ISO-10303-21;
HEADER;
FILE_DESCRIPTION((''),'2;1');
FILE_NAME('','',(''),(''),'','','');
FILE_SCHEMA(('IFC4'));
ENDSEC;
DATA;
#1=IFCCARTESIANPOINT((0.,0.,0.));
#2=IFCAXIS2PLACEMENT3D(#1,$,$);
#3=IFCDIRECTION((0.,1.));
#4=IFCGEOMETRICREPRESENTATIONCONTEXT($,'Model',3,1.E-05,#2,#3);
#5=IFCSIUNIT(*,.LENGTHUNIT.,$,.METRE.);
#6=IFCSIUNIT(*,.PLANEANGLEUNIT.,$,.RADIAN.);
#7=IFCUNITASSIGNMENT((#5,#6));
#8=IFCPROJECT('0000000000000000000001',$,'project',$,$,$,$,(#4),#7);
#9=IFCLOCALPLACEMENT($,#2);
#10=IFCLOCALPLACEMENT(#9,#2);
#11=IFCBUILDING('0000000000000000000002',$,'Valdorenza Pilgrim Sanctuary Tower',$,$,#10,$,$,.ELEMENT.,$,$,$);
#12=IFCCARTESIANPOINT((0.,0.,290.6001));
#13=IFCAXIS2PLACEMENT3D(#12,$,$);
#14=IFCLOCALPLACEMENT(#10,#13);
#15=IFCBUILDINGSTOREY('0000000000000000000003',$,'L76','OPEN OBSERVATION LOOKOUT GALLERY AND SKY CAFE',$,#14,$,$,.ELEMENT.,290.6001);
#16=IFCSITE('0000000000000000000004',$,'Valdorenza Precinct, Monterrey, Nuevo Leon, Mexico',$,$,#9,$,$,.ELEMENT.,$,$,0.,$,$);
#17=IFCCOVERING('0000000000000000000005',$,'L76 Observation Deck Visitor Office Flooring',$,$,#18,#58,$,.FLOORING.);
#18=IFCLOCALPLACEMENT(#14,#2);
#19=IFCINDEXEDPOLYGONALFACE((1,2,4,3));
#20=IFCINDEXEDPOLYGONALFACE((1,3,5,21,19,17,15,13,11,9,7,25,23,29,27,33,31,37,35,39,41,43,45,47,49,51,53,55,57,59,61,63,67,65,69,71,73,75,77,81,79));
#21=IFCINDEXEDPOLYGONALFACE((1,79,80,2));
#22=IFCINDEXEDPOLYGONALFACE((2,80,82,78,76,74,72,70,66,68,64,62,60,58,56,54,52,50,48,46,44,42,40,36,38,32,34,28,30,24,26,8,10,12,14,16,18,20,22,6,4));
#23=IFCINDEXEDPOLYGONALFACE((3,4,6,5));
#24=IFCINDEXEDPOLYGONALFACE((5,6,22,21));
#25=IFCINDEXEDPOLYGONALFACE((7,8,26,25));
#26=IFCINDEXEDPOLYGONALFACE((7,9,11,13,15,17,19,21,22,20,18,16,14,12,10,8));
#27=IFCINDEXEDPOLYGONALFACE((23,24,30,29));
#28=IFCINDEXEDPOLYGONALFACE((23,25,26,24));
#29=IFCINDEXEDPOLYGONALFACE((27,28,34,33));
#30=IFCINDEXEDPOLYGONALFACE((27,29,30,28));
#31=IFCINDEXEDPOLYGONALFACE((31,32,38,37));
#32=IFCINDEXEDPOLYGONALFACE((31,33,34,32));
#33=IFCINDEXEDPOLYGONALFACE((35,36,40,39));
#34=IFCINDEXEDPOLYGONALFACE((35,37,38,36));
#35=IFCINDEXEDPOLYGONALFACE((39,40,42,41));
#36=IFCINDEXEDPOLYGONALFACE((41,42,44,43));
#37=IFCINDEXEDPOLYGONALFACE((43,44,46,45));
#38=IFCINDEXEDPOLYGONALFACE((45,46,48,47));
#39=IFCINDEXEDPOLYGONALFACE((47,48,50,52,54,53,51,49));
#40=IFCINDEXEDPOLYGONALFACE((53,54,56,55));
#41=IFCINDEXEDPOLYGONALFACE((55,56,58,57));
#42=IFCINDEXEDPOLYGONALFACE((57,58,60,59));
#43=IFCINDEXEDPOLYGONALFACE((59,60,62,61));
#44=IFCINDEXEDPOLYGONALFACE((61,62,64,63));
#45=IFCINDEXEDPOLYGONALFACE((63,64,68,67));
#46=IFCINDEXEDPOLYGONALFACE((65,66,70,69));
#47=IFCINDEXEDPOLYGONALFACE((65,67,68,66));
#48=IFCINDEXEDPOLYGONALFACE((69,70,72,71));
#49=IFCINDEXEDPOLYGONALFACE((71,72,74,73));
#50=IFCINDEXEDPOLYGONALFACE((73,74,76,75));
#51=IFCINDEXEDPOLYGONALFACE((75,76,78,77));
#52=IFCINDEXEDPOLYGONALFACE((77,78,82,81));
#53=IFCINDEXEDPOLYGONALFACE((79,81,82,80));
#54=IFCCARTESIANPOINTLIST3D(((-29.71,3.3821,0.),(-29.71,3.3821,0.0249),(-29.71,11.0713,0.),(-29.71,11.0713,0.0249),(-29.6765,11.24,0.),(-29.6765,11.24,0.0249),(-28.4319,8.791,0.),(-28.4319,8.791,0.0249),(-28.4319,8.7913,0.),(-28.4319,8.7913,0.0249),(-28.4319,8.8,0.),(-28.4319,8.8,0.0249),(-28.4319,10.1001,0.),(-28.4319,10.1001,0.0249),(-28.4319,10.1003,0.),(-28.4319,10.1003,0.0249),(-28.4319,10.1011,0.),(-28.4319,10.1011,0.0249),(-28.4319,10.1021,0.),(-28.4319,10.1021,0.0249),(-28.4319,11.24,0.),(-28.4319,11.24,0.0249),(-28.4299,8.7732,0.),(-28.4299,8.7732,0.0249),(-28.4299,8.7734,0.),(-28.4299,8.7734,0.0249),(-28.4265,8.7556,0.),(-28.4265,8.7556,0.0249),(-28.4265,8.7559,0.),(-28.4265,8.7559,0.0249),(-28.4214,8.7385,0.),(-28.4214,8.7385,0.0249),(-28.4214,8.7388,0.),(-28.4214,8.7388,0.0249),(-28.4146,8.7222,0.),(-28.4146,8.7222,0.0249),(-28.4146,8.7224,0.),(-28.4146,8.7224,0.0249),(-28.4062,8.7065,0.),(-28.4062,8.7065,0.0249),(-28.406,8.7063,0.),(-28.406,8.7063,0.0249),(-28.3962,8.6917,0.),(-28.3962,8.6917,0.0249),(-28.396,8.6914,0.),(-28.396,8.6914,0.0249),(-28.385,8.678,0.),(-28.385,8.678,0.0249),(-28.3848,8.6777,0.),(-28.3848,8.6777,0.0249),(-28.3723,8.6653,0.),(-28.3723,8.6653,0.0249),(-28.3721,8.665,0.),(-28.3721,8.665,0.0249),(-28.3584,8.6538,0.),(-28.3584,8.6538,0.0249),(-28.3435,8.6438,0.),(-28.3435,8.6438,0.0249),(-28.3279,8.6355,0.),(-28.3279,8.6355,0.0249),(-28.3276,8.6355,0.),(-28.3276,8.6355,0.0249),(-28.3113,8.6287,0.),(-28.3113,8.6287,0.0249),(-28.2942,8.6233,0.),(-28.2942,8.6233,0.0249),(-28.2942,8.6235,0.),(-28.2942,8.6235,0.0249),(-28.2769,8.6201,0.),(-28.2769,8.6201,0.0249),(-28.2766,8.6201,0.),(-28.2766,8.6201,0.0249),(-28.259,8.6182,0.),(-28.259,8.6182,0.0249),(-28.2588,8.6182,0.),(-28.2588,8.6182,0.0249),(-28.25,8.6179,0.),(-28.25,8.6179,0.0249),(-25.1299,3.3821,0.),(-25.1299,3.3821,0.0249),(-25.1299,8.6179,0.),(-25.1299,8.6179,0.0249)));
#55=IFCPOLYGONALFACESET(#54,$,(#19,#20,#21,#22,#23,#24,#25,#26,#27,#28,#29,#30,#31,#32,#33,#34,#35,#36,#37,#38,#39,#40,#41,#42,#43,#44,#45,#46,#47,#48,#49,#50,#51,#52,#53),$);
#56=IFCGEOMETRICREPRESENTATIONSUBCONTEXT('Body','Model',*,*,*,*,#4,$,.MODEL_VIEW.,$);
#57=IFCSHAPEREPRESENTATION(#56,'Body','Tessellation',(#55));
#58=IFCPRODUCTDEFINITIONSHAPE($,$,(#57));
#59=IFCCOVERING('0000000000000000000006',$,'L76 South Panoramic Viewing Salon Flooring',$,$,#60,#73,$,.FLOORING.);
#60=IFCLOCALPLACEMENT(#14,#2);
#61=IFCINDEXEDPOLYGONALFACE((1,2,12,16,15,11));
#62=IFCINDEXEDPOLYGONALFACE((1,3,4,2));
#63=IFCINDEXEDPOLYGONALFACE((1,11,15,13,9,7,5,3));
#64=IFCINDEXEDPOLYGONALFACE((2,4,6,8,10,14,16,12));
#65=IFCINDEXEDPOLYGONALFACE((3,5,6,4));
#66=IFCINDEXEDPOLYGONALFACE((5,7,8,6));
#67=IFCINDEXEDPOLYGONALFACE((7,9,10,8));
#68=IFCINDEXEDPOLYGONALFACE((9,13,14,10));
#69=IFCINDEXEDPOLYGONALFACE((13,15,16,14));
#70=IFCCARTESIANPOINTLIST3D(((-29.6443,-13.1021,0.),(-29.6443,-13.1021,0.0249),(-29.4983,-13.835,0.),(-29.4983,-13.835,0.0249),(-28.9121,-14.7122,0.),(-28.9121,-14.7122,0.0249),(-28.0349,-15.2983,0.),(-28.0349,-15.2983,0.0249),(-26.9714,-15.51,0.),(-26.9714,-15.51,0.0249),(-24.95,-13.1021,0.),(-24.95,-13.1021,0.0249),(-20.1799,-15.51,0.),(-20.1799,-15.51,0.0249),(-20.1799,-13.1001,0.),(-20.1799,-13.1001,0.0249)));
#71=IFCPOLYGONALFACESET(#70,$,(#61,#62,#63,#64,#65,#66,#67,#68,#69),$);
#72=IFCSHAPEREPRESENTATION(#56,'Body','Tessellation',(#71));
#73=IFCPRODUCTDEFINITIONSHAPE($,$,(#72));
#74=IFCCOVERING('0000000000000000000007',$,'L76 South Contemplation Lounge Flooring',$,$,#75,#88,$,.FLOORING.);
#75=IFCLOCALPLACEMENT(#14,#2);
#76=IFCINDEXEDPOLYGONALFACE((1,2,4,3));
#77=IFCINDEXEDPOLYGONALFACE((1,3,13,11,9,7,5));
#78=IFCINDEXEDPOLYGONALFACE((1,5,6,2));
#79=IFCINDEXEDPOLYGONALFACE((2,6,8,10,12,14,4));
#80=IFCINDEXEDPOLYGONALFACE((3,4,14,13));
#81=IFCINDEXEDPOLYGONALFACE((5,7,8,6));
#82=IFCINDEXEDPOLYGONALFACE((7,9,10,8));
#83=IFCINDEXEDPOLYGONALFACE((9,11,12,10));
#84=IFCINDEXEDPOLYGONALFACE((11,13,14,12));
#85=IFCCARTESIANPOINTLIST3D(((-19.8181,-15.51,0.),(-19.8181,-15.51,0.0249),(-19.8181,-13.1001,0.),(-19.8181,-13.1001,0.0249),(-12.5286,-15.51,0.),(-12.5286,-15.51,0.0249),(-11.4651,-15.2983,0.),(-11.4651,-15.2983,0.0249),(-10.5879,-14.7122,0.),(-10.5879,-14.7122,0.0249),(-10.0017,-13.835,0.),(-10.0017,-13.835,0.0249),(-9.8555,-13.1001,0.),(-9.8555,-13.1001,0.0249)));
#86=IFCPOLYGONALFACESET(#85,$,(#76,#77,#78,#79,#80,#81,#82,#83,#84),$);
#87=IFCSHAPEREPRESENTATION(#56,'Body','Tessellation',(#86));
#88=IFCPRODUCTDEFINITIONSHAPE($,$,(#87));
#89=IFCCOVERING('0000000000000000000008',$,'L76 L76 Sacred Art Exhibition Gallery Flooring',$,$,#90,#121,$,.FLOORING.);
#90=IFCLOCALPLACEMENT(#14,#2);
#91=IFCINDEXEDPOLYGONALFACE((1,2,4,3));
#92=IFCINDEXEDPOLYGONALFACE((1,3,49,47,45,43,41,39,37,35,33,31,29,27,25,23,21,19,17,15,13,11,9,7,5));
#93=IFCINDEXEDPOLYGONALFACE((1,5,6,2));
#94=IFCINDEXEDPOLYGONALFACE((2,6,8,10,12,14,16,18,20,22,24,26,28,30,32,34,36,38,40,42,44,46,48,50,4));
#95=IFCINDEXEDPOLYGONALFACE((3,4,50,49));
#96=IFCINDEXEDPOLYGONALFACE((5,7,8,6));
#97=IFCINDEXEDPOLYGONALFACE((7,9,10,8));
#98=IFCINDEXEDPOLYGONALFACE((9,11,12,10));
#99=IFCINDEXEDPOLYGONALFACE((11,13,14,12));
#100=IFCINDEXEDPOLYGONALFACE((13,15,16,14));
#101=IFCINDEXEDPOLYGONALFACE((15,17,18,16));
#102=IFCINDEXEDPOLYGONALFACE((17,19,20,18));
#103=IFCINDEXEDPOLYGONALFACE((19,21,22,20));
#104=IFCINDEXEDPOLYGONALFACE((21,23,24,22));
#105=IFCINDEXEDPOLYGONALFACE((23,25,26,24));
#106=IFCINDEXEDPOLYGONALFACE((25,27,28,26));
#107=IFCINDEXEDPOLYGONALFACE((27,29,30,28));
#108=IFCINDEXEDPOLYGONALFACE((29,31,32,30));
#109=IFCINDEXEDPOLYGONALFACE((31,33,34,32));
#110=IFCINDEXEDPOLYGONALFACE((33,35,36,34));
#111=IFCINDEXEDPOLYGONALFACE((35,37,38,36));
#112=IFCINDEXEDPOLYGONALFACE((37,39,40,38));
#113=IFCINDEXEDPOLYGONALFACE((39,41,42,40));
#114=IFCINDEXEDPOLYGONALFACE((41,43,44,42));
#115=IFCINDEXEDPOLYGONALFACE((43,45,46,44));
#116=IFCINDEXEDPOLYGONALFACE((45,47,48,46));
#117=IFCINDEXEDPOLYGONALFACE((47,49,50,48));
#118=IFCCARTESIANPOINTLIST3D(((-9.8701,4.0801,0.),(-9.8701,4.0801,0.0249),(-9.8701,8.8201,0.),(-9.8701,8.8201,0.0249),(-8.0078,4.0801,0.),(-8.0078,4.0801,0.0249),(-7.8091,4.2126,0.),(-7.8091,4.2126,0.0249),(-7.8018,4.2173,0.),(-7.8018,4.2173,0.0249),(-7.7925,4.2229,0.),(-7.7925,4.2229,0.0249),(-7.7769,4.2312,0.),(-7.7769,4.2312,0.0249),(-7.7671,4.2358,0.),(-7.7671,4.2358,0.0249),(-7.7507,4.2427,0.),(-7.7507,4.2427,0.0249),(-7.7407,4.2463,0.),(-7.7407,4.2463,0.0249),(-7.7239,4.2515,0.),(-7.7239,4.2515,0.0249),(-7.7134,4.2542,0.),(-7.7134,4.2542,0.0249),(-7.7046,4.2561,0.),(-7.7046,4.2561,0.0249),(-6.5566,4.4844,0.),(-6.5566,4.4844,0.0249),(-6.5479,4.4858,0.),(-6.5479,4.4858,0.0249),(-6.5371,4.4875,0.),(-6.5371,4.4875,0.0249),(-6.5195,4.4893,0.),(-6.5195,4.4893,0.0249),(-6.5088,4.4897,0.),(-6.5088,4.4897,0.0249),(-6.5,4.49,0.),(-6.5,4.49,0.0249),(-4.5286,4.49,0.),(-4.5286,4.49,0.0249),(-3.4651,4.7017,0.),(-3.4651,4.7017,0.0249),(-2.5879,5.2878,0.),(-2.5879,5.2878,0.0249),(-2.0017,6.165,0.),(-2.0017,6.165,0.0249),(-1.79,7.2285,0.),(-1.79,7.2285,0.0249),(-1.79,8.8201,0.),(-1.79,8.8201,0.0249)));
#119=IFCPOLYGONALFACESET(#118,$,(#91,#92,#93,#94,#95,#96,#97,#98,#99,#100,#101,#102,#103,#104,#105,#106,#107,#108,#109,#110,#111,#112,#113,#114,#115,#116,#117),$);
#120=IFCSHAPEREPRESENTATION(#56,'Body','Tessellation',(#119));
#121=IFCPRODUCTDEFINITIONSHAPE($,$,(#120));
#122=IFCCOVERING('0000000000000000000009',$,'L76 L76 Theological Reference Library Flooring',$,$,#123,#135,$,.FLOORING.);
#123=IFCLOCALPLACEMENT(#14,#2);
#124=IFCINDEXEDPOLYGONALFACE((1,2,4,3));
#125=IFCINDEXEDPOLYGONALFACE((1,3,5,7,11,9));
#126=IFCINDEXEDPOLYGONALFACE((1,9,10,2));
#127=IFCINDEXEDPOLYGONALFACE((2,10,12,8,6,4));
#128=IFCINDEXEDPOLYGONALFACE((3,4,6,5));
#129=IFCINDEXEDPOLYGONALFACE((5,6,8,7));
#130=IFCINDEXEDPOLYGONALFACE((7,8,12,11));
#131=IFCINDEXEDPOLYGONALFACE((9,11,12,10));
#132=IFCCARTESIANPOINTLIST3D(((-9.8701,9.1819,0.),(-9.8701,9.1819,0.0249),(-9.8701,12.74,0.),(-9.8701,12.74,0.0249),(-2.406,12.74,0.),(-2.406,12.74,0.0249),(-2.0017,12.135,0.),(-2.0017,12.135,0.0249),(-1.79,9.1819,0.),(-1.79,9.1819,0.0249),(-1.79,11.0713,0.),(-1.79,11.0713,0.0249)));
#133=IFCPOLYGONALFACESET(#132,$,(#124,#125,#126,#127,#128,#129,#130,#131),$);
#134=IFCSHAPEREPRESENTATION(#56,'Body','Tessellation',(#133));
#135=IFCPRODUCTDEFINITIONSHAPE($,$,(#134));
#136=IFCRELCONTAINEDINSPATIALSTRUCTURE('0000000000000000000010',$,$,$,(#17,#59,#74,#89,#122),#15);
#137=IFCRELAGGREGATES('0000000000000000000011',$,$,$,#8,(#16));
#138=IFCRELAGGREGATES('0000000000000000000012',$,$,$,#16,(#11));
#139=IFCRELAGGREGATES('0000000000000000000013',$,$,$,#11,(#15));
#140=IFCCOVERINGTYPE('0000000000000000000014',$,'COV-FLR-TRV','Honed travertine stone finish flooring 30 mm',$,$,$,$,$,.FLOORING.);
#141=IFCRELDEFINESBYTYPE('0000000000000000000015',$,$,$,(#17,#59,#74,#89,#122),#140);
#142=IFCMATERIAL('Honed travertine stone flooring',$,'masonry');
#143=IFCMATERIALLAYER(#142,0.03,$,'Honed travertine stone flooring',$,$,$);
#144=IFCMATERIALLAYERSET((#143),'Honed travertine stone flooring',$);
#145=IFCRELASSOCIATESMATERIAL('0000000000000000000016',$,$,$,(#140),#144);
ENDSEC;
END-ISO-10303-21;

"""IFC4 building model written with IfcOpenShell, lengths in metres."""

from ifc_helpers import new_model, si_unit, direction, frame, origin, place, context, subcontext, project, spatial, polyline, outline, extrude, material, layer, layer_set, type_object, element, save


model = new_model("IFC4")

# Units and contexts
model_context = context("Model", 3, precision=1e-05, world=origin(), true_north=direction((0.0, 1.0)))
body_context = subcontext(model_context, "Body", "Model", "MODEL_VIEW")
ifc_project = project(units=[si_unit("LENGTHUNIT", "METRE"), si_unit("PLANEANGLEUNIT", "RADIAN")], contexts=[model_context])

# Site, building, storey
site_placement = place(None, origin())
site = spatial("IfcSite", under=ifc_project, at=site_placement, Name="Valdorenza Precinct, Monterrey, Nuevo Leon, Mexico", CompositionType="ELEMENT", RefElevation=0.0)
building_placement = place(site_placement, origin())
building = spatial("IfcBuilding", under=site, at=building_placement, Name="Valdorenza Pilgrim Sanctuary Tower", CompositionType="ELEMENT")
storey_placement = place(building_placement, frame((0.0, 0.0, 290.6001)))
storey = spatial("IfcBuildingStorey", under=building, at=storey_placement, Name="L76", Description="OPEN OBSERVATION LOOKOUT GALLERY AND SKY CAFE", CompositionType="ELEMENT", Elevation=290.6001)

# Coverings
ifc_material_1 = material(Name="Honed travertine stone flooring", Category="masonry")
ifc_layer_1 = layer(ifc_material_1, 0.03, Name="Honed travertine stone flooring")
ifc_layer_set_1 = layer_set([ifc_layer_1], Name="Honed travertine stone flooring")
covering_type_1 = type_object("IfcCoveringType", Name="COV-FLR-TRV", Description="Honed travertine stone finish flooring 30 mm", PredefinedType="FLOORING", material=ifc_layer_set_1)
covering_1_placement = place(storey_placement, origin())
element("IfcCovering", 1, at=covering_1_placement, inside=storey, type_object=covering_type_1, Name="L76 Observation Deck Visitor Office Flooring", PredefinedType="FLOORING", context=body_context, shape_type="SweptSolid", body=[
    extrude(outline(polyline([(-28.4319, 11.24), (-28.4319, 10.1021), (-28.4319, 10.1011), (-28.4319, 10.1003), (-28.4319, 10.1001), (-28.4319, 8.8), (-28.4319, 8.7913), (-28.4319, 8.791), (-28.4299, 8.7734), (-28.4299, 8.7732), (-28.4265, 8.7559), (-28.4265, 8.7556), (-28.4214, 8.7388), (-28.4214, 8.7385), (-28.4146, 8.7224), (-28.4146, 8.7222), (-28.4062, 8.7065), (-28.406, 8.7063), (-28.3962, 8.6917), (-28.396, 8.6914), (-28.385, 8.678), (-28.3848, 8.6777), (-28.3723, 8.6653), (-28.3721, 8.665), (-28.3584, 8.6538), (-28.3584, 8.6538), (-28.3435, 8.6438), (-28.3435, 8.6438), (-28.3279, 8.6355), (-28.3276, 8.6355), (-28.3113, 8.6287), (-28.3113, 8.6287), (-28.2942, 8.6235), (-28.2942, 8.6233), (-28.2769, 8.6201), (-28.2766, 8.6201), (-28.259, 8.6182), (-28.2588, 8.6182), (-28.25, 8.6179), (-25.1299, 8.6179), (-25.1299, 3.3821), (-29.71, 3.3821), (-29.71, 11.0713), (-29.6765, 11.24), (-28.4319, 11.24)])), origin(), (0.0, 0.0, 1.0), 0.0249),
])
covering_2_placement = place(storey_placement, origin())
element("IfcCovering", 2, at=covering_2_placement, inside=storey, type_object=covering_type_1, Name="L76 South Panoramic Viewing Salon Flooring", PredefinedType="FLOORING", context=body_context, shape_type="SweptSolid", body=[
    extrude(outline(polyline([(-20.1799, -15.51), (-26.9714, -15.51), (-28.0349, -15.2983), (-28.9121, -14.7122), (-29.4983, -13.835), (-29.6443, -13.1021), (-24.95, -13.1021), (-20.1799, -13.1001), (-20.1799, -15.51)])), origin(), (0.0, 0.0, 1.0), 0.0249),
])
covering_3_placement = place(storey_placement, origin())
element("IfcCovering", 3, at=covering_3_placement, inside=storey, type_object=covering_type_1, Name="L76 South Contemplation Lounge Flooring", PredefinedType="FLOORING", context=body_context, shape_type="SweptSolid", body=[
    extrude(outline(polyline([(-9.8555, -13.1001), (-10.0017, -13.835), (-10.5879, -14.7122), (-11.4651, -15.2983), (-12.5286, -15.51), (-19.8181, -15.51), (-19.8181, -13.1001), (-9.8555, -13.1001)])), origin(), (0.0, 0.0, 1.0), 0.0249),
])
covering_4_placement = place(storey_placement, origin())
element("IfcCovering", 4, at=covering_4_placement, inside=storey, type_object=covering_type_1, Name="L76 L76 Sacred Art Exhibition Gallery Flooring", PredefinedType="FLOORING", context=body_context, shape_type="SweptSolid", body=[
    extrude(outline(polyline([(-9.8701, 8.8201), (-1.79, 8.8201), (-1.79, 7.2285), (-2.0017, 6.165), (-2.5879, 5.2878), (-3.4651, 4.7017), (-4.5286, 4.49), (-6.5, 4.49), (-6.5088, 4.4897), (-6.5195, 4.4893), (-6.5371, 4.4875), (-6.5479, 4.4858), (-6.5566, 4.4844), (-7.7046, 4.2561), (-7.7134, 4.2542), (-7.7239, 4.2515), (-7.7407, 4.2463), (-7.7507, 4.2427), (-7.7671, 4.2358), (-7.7769, 4.2312), (-7.7925, 4.2229), (-7.8018, 4.2173), (-7.8091, 4.2126), (-8.0078, 4.0801), (-9.8701, 4.0801), (-9.8701, 8.8201)])), origin(), (0.0, 0.0, 1.0), 0.0249),
])
covering_5_placement = place(storey_placement, origin())
element("IfcCovering", 5, at=covering_5_placement, inside=storey, type_object=covering_type_1, Name="L76 L76 Theological Reference Library Flooring", PredefinedType="FLOORING", context=body_context, shape_type="SweptSolid", body=[
    extrude(outline(polyline([(-9.8701, 12.74), (-2.406, 12.74), (-2.0017, 12.135), (-1.79, 11.0713), (-1.79, 9.1819), (-9.8701, 9.1819), (-9.8701, 12.74)])), origin(), (0.0, 0.0, 1.0), 0.0249),
])

save(model, "model.ifc")
